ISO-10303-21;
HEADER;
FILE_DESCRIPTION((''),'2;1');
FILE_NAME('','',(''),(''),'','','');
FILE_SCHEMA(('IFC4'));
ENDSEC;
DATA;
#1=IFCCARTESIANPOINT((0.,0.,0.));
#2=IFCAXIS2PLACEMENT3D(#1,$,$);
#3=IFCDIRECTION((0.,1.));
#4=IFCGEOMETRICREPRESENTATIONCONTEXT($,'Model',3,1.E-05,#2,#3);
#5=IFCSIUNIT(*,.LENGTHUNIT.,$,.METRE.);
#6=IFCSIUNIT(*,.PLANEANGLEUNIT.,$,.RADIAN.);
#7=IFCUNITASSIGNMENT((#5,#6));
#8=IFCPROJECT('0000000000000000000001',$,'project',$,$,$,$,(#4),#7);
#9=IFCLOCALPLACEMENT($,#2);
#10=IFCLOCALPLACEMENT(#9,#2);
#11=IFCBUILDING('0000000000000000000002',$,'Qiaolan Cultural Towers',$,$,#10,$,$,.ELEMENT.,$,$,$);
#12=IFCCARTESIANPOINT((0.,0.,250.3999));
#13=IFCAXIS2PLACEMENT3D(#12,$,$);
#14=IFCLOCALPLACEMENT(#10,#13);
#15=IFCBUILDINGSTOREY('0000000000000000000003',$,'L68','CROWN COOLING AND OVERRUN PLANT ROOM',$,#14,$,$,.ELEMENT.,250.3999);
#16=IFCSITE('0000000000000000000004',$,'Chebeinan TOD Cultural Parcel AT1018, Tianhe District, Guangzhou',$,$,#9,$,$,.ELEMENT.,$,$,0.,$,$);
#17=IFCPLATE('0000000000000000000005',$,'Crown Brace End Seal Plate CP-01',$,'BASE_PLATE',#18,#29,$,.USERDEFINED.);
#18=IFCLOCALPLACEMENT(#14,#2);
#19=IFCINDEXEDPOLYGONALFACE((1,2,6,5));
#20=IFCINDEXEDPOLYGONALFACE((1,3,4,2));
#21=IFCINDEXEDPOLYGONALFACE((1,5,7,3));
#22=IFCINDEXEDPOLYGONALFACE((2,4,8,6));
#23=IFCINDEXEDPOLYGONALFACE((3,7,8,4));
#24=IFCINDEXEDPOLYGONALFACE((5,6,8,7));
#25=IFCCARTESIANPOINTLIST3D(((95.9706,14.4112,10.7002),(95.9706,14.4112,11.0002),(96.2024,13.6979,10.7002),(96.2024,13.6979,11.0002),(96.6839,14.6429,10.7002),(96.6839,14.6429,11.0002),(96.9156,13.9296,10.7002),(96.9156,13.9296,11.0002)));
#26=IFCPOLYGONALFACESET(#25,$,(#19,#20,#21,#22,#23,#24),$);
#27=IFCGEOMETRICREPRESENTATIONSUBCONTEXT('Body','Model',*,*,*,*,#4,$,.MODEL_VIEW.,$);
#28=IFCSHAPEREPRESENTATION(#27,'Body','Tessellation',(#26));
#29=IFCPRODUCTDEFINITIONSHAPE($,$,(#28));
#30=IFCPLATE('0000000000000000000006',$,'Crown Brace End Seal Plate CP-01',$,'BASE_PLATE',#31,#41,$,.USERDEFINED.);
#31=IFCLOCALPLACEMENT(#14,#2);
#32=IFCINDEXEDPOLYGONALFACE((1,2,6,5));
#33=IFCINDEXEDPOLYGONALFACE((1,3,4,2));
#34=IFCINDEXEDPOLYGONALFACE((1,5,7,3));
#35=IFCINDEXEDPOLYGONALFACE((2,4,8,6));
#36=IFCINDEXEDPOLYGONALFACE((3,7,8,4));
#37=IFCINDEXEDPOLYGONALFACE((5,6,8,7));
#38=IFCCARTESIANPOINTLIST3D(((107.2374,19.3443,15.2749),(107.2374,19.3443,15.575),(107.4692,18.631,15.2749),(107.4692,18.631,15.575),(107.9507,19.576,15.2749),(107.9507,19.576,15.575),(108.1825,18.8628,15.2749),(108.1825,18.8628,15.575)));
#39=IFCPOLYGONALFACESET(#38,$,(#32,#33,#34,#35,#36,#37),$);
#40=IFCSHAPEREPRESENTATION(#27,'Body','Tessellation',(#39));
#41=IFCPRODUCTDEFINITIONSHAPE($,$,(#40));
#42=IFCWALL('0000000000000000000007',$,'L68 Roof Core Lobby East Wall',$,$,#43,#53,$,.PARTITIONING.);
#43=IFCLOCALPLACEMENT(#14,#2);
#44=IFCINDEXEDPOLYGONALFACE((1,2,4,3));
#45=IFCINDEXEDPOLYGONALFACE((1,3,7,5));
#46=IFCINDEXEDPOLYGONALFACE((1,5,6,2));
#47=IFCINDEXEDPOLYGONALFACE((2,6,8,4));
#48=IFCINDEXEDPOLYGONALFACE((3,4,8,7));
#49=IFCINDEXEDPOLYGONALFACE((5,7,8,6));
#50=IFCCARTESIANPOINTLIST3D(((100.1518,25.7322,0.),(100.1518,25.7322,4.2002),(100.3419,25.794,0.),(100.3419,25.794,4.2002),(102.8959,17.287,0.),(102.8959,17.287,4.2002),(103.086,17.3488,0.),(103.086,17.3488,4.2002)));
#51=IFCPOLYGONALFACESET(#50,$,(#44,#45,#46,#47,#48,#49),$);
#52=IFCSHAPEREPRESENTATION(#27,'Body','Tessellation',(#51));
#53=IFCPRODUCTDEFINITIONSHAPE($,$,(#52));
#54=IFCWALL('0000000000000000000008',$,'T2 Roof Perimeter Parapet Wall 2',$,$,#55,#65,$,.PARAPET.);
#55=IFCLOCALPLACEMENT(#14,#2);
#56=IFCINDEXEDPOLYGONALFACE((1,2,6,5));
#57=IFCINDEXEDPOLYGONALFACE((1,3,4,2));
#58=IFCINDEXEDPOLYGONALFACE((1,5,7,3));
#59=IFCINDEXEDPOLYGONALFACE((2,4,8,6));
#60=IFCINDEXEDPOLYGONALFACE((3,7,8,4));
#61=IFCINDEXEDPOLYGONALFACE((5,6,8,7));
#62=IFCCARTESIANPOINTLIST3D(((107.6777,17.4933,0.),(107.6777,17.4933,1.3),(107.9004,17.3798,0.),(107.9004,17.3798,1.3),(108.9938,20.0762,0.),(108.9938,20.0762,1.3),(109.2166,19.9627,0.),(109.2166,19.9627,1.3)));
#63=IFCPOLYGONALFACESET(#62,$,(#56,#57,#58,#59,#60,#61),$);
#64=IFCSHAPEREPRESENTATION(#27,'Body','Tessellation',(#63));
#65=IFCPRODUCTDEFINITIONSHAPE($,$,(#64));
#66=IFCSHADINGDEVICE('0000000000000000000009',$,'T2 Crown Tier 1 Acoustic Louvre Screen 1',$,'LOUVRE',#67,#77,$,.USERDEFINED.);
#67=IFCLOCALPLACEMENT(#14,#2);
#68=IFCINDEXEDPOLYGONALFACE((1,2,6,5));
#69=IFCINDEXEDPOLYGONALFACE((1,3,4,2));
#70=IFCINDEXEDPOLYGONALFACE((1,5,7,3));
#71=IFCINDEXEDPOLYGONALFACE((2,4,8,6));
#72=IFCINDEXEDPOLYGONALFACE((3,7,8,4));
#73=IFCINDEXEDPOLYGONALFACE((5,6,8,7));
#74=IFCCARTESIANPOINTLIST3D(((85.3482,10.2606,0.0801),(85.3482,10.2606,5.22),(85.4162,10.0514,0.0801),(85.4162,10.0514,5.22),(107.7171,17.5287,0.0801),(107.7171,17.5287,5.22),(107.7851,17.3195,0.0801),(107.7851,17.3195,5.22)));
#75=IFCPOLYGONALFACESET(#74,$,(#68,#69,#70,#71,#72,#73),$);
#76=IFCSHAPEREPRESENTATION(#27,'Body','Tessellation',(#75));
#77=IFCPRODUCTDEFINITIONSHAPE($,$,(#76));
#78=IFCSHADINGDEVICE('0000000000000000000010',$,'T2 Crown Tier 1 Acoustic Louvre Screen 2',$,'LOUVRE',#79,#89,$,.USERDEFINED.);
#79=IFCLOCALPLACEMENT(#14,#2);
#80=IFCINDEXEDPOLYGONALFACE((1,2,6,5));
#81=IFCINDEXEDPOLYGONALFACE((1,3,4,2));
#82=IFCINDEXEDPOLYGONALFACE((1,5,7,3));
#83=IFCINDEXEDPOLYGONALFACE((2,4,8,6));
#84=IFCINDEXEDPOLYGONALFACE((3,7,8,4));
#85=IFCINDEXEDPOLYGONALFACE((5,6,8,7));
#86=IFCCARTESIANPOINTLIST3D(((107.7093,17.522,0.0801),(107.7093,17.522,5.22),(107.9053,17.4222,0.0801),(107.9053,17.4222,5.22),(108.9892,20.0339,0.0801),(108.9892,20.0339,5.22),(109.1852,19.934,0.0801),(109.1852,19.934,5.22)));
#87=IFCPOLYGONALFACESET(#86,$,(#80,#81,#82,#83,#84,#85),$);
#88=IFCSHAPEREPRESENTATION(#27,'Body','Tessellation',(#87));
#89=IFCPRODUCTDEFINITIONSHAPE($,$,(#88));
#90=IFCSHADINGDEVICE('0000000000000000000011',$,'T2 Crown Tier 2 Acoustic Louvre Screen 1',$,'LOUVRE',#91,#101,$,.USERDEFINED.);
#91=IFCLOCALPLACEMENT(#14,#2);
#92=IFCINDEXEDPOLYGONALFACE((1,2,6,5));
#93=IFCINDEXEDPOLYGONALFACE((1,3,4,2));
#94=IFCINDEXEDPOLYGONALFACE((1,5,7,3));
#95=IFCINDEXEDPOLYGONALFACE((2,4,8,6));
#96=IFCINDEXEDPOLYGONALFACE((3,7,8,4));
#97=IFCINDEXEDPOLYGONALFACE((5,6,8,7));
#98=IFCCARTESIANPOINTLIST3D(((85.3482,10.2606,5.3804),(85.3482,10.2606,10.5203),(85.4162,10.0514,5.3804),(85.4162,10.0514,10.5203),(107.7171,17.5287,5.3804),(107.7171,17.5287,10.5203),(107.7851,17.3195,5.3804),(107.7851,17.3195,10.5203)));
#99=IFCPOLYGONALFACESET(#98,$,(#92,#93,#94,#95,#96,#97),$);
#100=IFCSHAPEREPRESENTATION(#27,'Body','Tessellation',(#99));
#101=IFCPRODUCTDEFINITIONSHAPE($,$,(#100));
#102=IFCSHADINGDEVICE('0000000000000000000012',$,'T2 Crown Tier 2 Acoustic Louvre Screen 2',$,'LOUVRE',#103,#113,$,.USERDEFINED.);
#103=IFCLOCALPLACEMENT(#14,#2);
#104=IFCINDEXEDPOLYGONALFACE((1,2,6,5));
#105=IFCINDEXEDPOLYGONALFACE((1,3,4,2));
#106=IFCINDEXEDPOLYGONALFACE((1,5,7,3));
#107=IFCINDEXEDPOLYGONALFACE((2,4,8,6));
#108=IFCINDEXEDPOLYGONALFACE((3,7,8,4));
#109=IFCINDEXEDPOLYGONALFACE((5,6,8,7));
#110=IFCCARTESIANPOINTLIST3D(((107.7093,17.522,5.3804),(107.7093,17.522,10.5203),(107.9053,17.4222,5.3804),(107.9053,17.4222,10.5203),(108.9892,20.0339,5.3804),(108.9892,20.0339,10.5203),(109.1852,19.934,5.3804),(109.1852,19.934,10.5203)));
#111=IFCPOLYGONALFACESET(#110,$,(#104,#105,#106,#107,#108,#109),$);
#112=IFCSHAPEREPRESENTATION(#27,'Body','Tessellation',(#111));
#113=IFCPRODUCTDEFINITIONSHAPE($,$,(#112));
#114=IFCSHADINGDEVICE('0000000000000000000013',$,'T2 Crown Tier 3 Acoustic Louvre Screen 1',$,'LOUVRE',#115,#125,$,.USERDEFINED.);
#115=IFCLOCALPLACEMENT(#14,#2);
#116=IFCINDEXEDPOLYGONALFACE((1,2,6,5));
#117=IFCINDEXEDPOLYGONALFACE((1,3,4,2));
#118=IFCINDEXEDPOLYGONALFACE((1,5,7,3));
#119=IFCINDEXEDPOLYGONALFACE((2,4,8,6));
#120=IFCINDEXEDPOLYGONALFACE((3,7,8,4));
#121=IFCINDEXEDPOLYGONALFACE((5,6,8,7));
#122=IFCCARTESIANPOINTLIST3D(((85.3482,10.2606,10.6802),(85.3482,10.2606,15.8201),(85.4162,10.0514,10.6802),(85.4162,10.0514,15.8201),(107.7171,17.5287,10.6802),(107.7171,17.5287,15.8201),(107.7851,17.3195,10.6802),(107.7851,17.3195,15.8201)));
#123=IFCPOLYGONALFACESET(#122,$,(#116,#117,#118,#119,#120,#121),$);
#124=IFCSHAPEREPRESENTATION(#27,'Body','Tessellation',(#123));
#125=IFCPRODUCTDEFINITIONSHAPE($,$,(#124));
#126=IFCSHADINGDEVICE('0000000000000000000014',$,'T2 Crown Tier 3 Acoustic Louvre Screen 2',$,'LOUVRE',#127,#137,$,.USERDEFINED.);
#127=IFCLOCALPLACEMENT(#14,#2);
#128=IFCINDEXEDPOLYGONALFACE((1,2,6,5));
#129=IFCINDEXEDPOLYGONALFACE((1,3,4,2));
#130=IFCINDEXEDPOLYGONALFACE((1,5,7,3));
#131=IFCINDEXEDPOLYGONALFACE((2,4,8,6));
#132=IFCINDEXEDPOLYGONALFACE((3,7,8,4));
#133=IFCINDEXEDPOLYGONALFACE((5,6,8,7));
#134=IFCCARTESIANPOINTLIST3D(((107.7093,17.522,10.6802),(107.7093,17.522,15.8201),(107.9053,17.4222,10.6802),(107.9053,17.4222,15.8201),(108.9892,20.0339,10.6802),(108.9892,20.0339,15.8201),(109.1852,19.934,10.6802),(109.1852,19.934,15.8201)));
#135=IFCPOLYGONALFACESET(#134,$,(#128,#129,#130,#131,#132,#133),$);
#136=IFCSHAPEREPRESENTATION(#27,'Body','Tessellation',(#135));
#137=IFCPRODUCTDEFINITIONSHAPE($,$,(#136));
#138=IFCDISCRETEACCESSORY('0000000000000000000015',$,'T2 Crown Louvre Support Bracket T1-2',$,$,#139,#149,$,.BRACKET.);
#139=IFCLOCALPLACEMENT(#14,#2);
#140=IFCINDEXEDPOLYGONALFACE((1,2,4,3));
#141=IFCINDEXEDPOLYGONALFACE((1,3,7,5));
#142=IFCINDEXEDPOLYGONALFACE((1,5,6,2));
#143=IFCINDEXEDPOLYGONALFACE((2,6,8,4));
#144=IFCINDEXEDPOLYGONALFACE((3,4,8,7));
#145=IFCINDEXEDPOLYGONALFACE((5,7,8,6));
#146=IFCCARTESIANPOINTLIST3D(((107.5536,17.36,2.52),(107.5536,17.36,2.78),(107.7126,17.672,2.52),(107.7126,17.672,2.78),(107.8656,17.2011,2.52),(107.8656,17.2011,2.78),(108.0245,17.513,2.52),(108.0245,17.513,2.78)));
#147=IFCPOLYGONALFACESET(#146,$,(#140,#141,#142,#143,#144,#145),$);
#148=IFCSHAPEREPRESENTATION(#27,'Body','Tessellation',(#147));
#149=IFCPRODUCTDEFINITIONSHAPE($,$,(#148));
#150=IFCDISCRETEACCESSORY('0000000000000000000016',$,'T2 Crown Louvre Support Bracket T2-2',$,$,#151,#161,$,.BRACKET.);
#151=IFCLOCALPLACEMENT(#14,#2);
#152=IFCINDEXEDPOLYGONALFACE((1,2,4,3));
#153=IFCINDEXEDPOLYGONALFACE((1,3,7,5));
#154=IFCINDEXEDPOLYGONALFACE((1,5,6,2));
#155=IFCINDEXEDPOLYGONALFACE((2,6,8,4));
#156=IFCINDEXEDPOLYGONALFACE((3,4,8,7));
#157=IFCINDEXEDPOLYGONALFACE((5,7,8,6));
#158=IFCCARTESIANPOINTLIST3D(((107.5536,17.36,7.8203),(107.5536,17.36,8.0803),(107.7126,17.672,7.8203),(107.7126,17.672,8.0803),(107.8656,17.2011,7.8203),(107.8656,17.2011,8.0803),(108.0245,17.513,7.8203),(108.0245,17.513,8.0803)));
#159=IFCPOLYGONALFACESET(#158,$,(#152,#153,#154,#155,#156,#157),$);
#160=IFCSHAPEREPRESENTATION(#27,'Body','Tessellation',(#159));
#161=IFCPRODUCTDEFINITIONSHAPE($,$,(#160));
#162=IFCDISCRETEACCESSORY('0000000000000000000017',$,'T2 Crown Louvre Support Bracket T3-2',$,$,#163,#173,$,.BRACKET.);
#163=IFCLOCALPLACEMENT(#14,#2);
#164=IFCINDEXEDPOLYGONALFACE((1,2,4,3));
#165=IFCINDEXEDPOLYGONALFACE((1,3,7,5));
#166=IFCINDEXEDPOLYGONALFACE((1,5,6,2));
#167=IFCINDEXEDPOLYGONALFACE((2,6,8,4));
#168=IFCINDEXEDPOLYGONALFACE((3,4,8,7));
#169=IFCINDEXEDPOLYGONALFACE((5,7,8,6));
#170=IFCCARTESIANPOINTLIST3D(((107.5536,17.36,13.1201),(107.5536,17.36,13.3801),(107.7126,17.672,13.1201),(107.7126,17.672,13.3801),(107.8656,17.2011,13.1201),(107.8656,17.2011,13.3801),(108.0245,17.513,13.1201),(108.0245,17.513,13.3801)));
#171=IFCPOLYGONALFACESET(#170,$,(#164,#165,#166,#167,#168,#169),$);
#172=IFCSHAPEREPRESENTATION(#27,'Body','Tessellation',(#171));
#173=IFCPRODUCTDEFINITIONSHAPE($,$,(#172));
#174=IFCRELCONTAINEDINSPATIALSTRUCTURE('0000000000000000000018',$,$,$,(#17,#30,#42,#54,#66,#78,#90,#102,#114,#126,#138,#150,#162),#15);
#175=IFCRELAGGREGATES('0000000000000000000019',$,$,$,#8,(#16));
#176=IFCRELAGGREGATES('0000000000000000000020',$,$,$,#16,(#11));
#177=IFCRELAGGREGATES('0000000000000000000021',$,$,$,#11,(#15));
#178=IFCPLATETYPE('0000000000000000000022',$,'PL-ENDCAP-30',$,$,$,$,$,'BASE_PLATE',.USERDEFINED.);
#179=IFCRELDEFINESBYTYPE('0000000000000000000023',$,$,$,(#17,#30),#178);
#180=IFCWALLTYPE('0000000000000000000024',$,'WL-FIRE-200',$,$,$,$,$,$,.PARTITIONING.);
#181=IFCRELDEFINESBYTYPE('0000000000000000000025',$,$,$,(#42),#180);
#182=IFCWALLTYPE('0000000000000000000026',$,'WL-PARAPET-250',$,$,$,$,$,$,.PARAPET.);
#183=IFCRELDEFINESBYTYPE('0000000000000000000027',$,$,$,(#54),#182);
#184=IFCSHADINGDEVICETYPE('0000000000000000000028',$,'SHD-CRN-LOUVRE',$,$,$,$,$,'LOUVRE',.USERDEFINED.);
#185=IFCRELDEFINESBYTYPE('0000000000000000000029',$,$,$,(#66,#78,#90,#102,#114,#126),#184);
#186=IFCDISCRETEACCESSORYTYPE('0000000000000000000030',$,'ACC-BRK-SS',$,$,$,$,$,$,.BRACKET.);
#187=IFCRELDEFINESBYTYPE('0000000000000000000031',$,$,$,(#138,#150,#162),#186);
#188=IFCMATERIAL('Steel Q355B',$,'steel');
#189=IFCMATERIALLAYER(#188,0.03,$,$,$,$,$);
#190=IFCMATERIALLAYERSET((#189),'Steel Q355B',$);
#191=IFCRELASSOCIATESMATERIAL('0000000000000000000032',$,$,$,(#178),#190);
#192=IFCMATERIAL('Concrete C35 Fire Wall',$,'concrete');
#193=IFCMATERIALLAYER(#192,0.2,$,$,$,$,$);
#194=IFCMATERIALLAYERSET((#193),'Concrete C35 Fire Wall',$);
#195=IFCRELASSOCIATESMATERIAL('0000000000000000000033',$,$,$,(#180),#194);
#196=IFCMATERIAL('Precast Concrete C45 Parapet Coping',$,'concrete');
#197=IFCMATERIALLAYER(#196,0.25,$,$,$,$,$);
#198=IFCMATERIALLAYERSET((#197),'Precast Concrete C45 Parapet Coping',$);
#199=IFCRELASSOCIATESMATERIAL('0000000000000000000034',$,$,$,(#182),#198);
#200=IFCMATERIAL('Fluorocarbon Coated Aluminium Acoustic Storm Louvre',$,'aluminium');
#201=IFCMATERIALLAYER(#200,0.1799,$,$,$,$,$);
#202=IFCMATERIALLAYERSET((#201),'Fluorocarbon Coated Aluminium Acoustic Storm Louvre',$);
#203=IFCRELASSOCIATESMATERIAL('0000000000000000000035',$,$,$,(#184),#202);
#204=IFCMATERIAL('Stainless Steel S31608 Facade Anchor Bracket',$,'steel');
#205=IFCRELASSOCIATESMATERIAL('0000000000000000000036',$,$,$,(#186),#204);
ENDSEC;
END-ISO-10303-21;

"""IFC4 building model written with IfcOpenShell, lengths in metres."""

from ifc_helpers import new_model, si_unit, direction, frame, frame_2d, origin, origin_2d, place, context, subcontext, project, spatial, rectangle, extrude, material, layer, layer_set, type_object, element, save


model = new_model("IFC4")

# Units and contexts
model_context = context("Model", 3, precision=1e-05, world=origin(), true_north=direction((0.0, 1.0)))
body_context = subcontext(model_context, "Body", "Model", "MODEL_VIEW")
ifc_project = project(units=[si_unit("LENGTHUNIT", "METRE"), si_unit("PLANEANGLEUNIT", "RADIAN")], contexts=[model_context])

# Site, building, storey
site_placement = place(None, origin())
site = spatial("IfcSite", under=ifc_project, at=site_placement, Name="Chebeinan TOD Cultural Parcel AT1018, Tianhe District, Guangzhou", CompositionType="ELEMENT", RefElevation=0.0)
building_placement = place(site_placement, origin())
building = spatial("IfcBuilding", under=site, at=building_placement, Name="Qiaolan Cultural Towers", CompositionType="ELEMENT")
storey_placement = place(building_placement, frame((0.0, 0.0, 250.3999)))
storey = spatial("IfcBuildingStorey", under=building, at=storey_placement, Name="L68", Description="CROWN COOLING AND OVERRUN PLANT ROOM", CompositionType="ELEMENT", Elevation=250.3999)

# Plates
ifc_material_1 = material(Name="Steel Q355B", Category="steel")
ifc_layer_1 = layer(ifc_material_1, 0.03)
ifc_layer_set_1 = layer_set([ifc_layer_1], Name="Steel Q355B")
plate_type_1 = type_object("IfcPlateType", Name="PL-ENDCAP-30", ElementType="BASE_PLATE", PredefinedType="USERDEFINED", material=ifc_layer_set_1)
for number, where, z_axis, x_axis, name in (
    (1, (96.4431, 14.1704, 10.7002), (0.0, 0.0, 1.0), (0.951057, 0.309017, 0.0), "Crown Brace End Seal Plate CP-01"),
    (2, (107.71, 19.1035, 15.2749), (0.0, 0.0, 1.0), (0.951057, 0.309017, 0.0), "Crown Brace End Seal Plate CP-01"),
):
    element("IfcPlate", number, at=place(storey_placement, frame(where, z_axis=z_axis, x_axis=x_axis)), inside=storey, type_object=plate_type_1, Name=name, ObjectType="BASE_PLATE", PredefinedType="USERDEFINED", context=body_context, shape_type="SweptSolid", body=[
        extrude(rectangle(XDim=0.75, YDim=0.75, at=origin_2d()), origin(), (0.0, 0.0, 1.0), 0.3),
    ])

# Walls
ifc_material_2 = material(Name="Concrete C35 Fire Wall", Category="concrete")
ifc_layer_2 = layer(ifc_material_2, 0.2)
ifc_layer_set_2 = layer_set([ifc_layer_2], Name="Concrete C35 Fire Wall")
wall_type_1 = type_object("IfcWallType", Name="WL-FIRE-200", PredefinedType="PARTITIONING", material=ifc_layer_set_2)
wall_1_placement = place(storey_placement, frame((102.991, 17.3179, 0.0), z_axis=(0.0, 0.0, 1.0), x_axis=(-0.309026, 0.951053, 0.0)))
element("IfcWall", 3, at=wall_1_placement, inside=storey, type_object=wall_type_1, Name="L68 Roof Core Lobby East Wall", PredefinedType="PARTITIONING", context=body_context, shape_type="SweptSolid", body=[
    extrude(rectangle(XDim=8.8799, YDim=0.2, at=frame_2d((4.4399, 0.0))), origin(), (0.0, 0.0, 1.0), 4.2002),
])
ifc_material_3 = material(Name="Precast Concrete C45 Parapet Coping", Category="concrete")
ifc_layer_3 = layer(ifc_material_3, 0.25)
ifc_layer_set_3 = layer_set([ifc_layer_3], Name="Precast Concrete C45 Parapet Coping")
wall_type_2 = type_object("IfcWallType", Name="WL-PARAPET-250", PredefinedType="PARAPET", material=ifc_layer_set_3)
wall_2_placement = place(storey_placement, frame((107.7891, 17.4365, 0.0), z_axis=(0.0, 0.0, 1.0), x_axis=(0.454005, 0.890999, 0.0)))
element("IfcWall", 4, at=wall_2_placement, inside=storey, type_object=wall_type_2, Name="T2 Roof Perimeter Parapet Wall 2", PredefinedType="PARAPET", context=body_context, shape_type="SweptSolid", body=[
    extrude(rectangle(XDim=2.8989, YDim=0.25, at=frame_2d((1.4495, 0.0))), origin(), (0.0, 0.0, 1.0), 1.3),
])

# Shading devices
ifc_material_4 = material(Name="Fluorocarbon Coated Aluminium Acoustic Storm Louvre", Category="aluminium")
ifc_layer_4 = layer(ifc_material_4, 0.1799)
ifc_layer_set_4 = layer_set([ifc_layer_4], Name="Fluorocarbon Coated Aluminium Acoustic Storm Louvre")
shading_device_type = type_object("IfcShadingDeviceType", Name="SHD-CRN-LOUVRE", ElementType="LOUVRE", PredefinedType="USERDEFINED", material=ifc_layer_set_4)
shading_device_1_placement = place(storey_placement, frame((96.5667, 13.79, 0.0801), z_axis=(0.0, 0.0, 1.0), x_axis=(0.951057, 0.309017, 0.0)))
element("IfcShadingDevice", 5, at=shading_device_1_placement, inside=storey, type_object=shading_device_type, Name="T2 Crown Tier 1 Acoustic Louvre Screen 1", ObjectType="LOUVRE", PredefinedType="USERDEFINED", context=body_context, shape_type="SweptSolid", body=[
    extrude(rectangle(XDim=23.52, YDim=0.22, at=origin_2d()), origin(), (0.0, 0.0, 1.0), 5.1399),
])
shading_device_2_placement = place(storey_placement, frame((108.4473, 18.728, 0.0801), z_axis=(0.0, 0.0, 1.0), x_axis=(0.453991, 0.891006, 0.0)))
element("IfcShadingDevice", 6, at=shading_device_2_placement, inside=storey, type_object=shading_device_type, Name="T2 Crown Tier 1 Acoustic Louvre Screen 2", ObjectType="LOUVRE", PredefinedType="USERDEFINED", context=body_context, shape_type="SweptSolid", body=[
    extrude(rectangle(XDim=2.8191, YDim=0.22, at=origin_2d()), origin(), (0.0, 0.0, 1.0), 5.1399),
])
shading_device_3_placement = place(storey_placement, frame((96.5667, 13.79, 5.3804), z_axis=(0.0, 0.0, 1.0), x_axis=(0.951057, 0.309017, 0.0)))
element("IfcShadingDevice", 7, at=shading_device_3_placement, inside=storey, type_object=shading_device_type, Name="T2 Crown Tier 2 Acoustic Louvre Screen 1", ObjectType="LOUVRE", PredefinedType="USERDEFINED", context=body_context, shape_type="SweptSolid", body=[
    extrude(rectangle(XDim=23.52, YDim=0.22, at=origin_2d()), origin(), (0.0, 0.0, 1.0), 5.1399),
])
shading_device_4_placement = place(storey_placement, frame((108.4473, 18.728, 5.3804), z_axis=(0.0, 0.0, 1.0), x_axis=(0.453991, 0.891006, 0.0)))
element("IfcShadingDevice", 8, at=shading_device_4_placement, inside=storey, type_object=shading_device_type, Name="T2 Crown Tier 2 Acoustic Louvre Screen 2", ObjectType="LOUVRE", PredefinedType="USERDEFINED", context=body_context, shape_type="SweptSolid", body=[
    extrude(rectangle(XDim=2.8191, YDim=0.22, at=origin_2d()), origin(), (0.0, 0.0, 1.0), 5.1399),
])
shading_device_5_placement = place(storey_placement, frame((96.5667, 13.79, 10.6802), z_axis=(0.0, 0.0, 1.0), x_axis=(0.951057, 0.309017, 0.0)))
element("IfcShadingDevice", 9, at=shading_device_5_placement, inside=storey, type_object=shading_device_type, Name="T2 Crown Tier 3 Acoustic Louvre Screen 1", ObjectType="LOUVRE", PredefinedType="USERDEFINED", context=body_context, shape_type="SweptSolid", body=[
    extrude(rectangle(XDim=23.52, YDim=0.22, at=origin_2d()), origin(), (0.0, 0.0, 1.0), 5.1399),
])
shading_device_6_placement = place(storey_placement, frame((108.4473, 18.728, 10.6802), z_axis=(0.0, 0.0, 1.0), x_axis=(0.453991, 0.891006, 0.0)))
element("IfcShadingDevice", 10, at=shading_device_6_placement, inside=storey, type_object=shading_device_type, Name="T2 Crown Tier 3 Acoustic Louvre Screen 2", ObjectType="LOUVRE", PredefinedType="USERDEFINED", context=body_context, shape_type="SweptSolid", body=[
    extrude(rectangle(XDim=2.8191, YDim=0.22, at=origin_2d()), origin(), (0.0, 0.0, 1.0), 5.1399),
])

# Discrete accessories
ifc_material_5 = material(Name="Stainless Steel S31608 Facade Anchor Bracket", Category="steel")
discrete_accessory_type = type_object("IfcDiscreteAccessoryType", Name="ACC-BRK-SS", PredefinedType="BRACKET", material=ifc_material_5)
for number, where, z_axis, x_axis, name in (
    (11, (107.7891, 17.4365, 2.52), (0.0, 0.0, 1.0), (0.453991, 0.891006, 0.0), "T2 Crown Louvre Support Bracket T1-2"),
    (12, (107.7891, 17.4365, 7.8203), (0.0, 0.0, 1.0), (0.453991, 0.891006, 0.0), "T2 Crown Louvre Support Bracket T2-2"),
    (13, (107.7891, 17.4365, 13.1201), (0.0, 0.0, 1.0), (0.453991, 0.891006, 0.0), "T2 Crown Louvre Support Bracket T3-2"),
):
    element("IfcDiscreteAccessory", number, at=place(storey_placement, frame(where, z_axis=z_axis, x_axis=x_axis)), inside=storey, type_object=discrete_accessory_type, Name=name, PredefinedType="BRACKET", context=body_context, shape_type="SweptSolid", body=[
        extrude(rectangle(XDim=0.3501, YDim=0.3501, at=origin_2d()), origin(), (0.0, 0.0, 1.0), 0.26),
    ])

save(model, "model.ifc")
